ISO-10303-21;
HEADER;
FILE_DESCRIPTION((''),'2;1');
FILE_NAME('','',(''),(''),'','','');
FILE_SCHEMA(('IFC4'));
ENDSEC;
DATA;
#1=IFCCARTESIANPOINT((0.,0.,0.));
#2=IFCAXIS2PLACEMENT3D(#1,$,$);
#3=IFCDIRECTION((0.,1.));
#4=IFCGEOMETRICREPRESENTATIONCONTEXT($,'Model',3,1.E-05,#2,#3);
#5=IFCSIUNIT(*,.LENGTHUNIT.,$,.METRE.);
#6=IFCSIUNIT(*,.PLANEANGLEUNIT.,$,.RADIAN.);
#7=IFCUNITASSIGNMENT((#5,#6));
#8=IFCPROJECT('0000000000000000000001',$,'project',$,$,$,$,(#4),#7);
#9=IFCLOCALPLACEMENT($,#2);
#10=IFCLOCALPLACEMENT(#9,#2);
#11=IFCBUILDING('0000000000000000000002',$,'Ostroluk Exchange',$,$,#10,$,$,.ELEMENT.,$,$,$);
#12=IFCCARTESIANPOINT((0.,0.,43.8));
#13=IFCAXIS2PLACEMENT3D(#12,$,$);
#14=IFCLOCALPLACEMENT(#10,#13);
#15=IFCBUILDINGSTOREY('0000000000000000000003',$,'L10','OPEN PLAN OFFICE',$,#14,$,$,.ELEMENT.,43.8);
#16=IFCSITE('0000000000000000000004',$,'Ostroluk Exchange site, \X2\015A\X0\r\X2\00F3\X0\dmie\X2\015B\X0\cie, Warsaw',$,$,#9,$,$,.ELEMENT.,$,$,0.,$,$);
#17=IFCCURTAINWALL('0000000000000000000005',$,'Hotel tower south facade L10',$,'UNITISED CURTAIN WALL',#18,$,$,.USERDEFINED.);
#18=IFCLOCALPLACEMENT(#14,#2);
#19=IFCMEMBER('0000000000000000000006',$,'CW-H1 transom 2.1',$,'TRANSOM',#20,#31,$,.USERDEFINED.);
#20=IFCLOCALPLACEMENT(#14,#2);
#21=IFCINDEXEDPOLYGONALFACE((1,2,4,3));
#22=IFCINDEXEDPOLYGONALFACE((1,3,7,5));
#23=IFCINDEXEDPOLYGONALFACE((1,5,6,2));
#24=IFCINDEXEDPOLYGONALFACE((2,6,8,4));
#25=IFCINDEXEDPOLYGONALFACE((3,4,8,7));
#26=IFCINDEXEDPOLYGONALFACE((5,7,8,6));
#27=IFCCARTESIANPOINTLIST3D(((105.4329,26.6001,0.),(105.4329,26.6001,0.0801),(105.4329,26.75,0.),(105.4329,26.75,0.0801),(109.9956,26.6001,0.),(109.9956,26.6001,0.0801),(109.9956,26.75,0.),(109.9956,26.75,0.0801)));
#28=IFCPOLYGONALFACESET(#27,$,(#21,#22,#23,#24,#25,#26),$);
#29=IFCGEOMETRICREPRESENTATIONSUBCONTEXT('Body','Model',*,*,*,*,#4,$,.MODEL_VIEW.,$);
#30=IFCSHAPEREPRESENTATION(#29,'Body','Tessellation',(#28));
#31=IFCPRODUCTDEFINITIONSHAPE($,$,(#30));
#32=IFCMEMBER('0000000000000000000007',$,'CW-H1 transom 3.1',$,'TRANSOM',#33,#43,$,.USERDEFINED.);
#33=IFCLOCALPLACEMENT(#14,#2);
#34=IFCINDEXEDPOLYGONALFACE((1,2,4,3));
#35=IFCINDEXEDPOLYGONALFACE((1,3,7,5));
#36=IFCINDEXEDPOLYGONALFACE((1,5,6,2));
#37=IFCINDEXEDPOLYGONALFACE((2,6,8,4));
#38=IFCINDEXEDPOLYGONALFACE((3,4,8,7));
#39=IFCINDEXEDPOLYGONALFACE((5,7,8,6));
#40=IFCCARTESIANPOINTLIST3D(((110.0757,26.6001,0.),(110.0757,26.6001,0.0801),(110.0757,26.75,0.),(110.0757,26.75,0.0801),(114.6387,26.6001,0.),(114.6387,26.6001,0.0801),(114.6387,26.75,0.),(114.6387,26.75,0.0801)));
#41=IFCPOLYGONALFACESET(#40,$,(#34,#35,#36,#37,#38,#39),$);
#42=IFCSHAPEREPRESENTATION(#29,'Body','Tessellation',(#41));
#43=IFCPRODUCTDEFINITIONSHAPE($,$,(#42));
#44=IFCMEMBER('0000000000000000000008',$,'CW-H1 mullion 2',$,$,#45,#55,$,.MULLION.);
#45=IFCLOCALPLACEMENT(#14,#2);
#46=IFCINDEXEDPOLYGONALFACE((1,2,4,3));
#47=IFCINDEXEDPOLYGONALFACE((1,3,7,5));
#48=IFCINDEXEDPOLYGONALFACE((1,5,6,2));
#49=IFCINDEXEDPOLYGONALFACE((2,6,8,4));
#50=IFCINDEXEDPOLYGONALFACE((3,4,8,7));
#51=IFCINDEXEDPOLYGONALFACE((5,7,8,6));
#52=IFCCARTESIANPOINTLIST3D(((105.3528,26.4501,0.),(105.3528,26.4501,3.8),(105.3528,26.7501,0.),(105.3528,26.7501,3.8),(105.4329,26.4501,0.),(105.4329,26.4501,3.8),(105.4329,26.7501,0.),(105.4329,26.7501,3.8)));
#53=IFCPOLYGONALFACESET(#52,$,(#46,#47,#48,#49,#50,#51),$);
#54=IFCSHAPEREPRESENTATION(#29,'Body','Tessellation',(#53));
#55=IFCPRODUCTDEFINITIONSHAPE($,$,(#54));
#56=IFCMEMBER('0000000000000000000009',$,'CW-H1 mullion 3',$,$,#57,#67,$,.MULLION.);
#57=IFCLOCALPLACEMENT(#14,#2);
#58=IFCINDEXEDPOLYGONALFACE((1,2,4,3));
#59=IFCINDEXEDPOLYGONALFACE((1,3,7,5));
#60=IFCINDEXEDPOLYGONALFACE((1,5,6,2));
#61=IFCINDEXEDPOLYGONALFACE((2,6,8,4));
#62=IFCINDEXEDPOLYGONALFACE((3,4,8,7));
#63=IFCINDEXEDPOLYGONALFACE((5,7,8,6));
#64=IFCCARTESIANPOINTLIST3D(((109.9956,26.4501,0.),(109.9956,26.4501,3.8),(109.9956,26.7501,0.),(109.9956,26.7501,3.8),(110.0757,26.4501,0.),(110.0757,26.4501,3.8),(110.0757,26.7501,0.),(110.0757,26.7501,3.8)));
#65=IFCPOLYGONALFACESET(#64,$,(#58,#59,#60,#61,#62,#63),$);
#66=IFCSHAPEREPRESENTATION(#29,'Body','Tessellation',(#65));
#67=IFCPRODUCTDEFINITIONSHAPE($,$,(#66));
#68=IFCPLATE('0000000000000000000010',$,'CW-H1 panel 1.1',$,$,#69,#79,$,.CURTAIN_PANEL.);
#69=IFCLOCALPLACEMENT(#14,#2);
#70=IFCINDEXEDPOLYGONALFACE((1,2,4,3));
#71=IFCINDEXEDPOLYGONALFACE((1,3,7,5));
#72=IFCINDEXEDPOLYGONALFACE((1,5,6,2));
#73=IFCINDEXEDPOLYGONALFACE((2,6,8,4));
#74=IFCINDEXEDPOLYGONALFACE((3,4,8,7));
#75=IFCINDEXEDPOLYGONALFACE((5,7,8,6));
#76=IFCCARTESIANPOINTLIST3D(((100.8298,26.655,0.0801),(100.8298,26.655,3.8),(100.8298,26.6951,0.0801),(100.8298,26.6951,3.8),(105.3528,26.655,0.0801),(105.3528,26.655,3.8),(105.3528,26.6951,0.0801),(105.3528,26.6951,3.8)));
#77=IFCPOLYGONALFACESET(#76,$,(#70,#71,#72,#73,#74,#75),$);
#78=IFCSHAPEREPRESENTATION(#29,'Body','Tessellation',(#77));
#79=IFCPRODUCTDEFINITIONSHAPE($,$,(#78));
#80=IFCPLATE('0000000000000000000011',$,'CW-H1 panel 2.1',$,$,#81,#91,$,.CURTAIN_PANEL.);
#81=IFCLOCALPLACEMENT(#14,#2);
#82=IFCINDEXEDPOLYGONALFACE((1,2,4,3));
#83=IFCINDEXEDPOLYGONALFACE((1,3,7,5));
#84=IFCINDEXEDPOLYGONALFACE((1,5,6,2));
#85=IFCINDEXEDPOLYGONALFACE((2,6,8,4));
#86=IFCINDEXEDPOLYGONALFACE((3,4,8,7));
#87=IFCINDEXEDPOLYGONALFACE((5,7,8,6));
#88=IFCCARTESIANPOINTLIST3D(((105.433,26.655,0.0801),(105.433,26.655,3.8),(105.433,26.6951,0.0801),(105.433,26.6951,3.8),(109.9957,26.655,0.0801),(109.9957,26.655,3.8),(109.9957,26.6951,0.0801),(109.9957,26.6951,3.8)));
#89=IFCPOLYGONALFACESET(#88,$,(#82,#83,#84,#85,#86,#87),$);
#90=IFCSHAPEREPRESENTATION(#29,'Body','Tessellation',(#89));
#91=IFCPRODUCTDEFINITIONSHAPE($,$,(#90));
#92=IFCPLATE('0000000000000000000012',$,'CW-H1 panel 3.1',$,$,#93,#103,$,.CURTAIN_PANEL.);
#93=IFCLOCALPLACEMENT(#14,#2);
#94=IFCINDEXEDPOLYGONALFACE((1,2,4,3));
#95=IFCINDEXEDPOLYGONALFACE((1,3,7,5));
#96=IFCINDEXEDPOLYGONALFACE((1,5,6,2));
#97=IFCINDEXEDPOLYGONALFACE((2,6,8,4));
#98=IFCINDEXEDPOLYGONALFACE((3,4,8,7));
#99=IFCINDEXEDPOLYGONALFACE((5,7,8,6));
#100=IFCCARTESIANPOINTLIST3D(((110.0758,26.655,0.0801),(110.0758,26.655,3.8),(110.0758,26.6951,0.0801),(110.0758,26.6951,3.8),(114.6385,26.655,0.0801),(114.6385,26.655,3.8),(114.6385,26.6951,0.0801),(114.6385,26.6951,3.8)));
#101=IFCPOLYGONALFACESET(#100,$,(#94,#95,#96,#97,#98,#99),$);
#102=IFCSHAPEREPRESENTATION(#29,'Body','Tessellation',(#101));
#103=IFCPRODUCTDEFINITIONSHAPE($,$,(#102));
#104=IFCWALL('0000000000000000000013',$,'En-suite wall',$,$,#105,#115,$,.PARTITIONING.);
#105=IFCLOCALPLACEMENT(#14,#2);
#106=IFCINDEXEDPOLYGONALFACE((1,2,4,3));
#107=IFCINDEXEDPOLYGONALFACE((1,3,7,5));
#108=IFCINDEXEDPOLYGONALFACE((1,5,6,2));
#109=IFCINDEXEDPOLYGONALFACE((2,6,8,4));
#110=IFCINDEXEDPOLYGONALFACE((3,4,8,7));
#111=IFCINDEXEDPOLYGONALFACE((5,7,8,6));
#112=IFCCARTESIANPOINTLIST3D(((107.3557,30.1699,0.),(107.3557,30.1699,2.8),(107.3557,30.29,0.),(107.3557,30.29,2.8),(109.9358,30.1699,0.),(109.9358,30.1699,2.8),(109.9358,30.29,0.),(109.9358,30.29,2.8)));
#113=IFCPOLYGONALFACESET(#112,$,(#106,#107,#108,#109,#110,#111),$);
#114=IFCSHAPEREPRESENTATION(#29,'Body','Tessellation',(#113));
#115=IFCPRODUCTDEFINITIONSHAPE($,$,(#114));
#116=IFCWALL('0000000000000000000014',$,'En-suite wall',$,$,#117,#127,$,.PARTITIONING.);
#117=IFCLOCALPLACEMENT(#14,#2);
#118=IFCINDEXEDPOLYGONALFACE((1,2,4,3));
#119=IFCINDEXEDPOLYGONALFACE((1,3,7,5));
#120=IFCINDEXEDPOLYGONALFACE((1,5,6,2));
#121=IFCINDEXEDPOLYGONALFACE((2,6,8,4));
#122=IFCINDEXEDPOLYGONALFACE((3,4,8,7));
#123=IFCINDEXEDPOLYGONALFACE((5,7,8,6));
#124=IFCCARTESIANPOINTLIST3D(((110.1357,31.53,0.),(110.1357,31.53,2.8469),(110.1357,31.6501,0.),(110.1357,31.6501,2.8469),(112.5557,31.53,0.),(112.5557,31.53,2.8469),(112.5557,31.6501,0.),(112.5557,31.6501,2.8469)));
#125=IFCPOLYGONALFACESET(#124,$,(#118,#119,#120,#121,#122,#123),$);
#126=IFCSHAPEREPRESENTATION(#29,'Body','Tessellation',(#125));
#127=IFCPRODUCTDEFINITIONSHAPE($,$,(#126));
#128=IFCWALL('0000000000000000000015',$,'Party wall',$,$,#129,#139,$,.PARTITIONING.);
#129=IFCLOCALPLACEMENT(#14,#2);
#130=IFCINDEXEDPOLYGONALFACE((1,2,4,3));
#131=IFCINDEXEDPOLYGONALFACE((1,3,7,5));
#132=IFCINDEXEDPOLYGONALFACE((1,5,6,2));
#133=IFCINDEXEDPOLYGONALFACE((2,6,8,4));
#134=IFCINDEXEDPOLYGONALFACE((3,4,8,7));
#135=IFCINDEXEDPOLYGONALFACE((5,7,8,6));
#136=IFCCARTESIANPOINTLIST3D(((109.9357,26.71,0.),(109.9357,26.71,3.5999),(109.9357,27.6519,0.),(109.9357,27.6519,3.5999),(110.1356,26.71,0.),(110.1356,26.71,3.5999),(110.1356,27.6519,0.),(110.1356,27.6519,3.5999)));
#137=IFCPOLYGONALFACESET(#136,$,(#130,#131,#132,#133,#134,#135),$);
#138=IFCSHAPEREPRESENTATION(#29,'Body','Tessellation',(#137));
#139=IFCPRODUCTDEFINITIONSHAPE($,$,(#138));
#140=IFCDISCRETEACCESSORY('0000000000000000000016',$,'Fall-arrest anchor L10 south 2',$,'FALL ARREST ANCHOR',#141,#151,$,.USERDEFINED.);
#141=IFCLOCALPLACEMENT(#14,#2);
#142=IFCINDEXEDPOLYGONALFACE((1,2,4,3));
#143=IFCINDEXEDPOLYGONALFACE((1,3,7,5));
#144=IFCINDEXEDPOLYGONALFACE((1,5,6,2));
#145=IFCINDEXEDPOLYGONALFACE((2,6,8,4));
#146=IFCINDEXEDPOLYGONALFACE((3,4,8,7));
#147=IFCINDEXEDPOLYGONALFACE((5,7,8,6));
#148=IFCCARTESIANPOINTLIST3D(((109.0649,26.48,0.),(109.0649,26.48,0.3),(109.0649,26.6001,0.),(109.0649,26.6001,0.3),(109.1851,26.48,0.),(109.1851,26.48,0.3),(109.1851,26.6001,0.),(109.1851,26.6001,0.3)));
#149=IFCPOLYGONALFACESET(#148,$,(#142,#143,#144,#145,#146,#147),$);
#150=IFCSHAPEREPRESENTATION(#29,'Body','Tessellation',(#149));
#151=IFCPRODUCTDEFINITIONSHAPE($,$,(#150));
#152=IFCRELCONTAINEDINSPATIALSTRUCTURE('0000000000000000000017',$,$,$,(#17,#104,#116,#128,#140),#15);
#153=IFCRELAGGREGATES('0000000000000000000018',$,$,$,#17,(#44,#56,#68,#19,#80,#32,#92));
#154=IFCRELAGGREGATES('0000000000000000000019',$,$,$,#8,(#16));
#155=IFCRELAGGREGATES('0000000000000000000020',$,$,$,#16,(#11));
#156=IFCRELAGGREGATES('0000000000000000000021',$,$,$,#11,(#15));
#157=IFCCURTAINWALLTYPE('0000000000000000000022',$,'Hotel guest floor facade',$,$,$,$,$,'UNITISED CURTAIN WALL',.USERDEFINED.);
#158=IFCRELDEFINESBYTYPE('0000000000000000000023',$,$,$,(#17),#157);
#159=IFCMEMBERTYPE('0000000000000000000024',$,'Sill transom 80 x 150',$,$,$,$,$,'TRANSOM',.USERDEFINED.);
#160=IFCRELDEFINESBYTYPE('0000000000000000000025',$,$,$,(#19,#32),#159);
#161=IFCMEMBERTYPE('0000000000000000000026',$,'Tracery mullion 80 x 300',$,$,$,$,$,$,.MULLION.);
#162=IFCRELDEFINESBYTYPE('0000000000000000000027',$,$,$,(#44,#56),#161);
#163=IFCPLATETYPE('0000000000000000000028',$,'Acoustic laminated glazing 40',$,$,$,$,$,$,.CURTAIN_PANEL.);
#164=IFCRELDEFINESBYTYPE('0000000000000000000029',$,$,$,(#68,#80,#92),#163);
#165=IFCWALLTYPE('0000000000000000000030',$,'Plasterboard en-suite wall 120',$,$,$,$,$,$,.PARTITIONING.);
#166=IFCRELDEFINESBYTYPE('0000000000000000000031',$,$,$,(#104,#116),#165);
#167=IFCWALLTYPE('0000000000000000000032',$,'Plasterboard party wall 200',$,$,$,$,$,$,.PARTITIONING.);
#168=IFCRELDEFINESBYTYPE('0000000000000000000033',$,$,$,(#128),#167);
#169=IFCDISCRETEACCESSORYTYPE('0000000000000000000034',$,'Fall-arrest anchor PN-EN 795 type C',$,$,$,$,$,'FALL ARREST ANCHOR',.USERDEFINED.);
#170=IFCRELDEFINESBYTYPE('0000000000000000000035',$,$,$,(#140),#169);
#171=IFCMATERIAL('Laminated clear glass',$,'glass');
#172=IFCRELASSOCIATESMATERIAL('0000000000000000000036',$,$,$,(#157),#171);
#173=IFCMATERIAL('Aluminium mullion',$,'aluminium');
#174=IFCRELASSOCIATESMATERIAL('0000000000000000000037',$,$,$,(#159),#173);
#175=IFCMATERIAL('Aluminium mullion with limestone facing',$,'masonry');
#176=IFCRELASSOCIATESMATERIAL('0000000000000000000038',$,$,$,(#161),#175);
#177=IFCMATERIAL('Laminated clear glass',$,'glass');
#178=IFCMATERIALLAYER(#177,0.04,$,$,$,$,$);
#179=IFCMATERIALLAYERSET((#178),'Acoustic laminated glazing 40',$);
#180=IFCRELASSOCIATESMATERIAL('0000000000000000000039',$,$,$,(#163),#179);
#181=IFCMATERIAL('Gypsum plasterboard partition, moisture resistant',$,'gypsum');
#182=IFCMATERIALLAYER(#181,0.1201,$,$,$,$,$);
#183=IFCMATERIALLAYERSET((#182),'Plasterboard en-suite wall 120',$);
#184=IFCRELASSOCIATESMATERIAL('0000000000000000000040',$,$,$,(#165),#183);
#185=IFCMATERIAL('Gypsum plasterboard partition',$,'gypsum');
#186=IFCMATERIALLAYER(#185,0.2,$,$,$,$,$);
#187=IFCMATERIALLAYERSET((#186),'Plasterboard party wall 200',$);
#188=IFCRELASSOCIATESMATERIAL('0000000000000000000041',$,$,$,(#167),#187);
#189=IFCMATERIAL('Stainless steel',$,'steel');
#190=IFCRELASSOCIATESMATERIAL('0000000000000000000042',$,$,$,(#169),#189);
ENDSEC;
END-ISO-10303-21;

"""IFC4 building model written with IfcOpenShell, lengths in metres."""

from ifc_helpers import new_model, si_unit, direction, frame, frame_2d, origin, origin_2d, place, context, subcontext, project, spatial, rectangle, extrude, material, layer, layer_set, material_profile, profile_set, type_object, element, aggregate, save


model = new_model("IFC4")

# Units and contexts
model_context = context("Model", 3, precision=1e-05, world=origin(), true_north=direction((0.0, 1.0)))
body_context = subcontext(model_context, "Body", "Model", "MODEL_VIEW")
ifc_project = project(units=[si_unit("LENGTHUNIT", "METRE"), si_unit("PLANEANGLEUNIT", "RADIAN")], contexts=[model_context])

# Site, building, storey
site_placement = place(None, origin())
site = spatial("IfcSite", under=ifc_project, at=site_placement, Name="Ostroluk Exchange site, Śródmieście, Warsaw", CompositionType="ELEMENT", RefElevation=0.0)
building_placement = place(site_placement, origin())
building = spatial("IfcBuilding", under=site, at=building_placement, Name="Ostroluk Exchange", CompositionType="ELEMENT")
storey_placement = place(building_placement, frame((0.0, 0.0, 43.8)))
storey = spatial("IfcBuildingStorey", under=building, at=storey_placement, Name="L10", Description="OPEN PLAN OFFICE", CompositionType="ELEMENT", Elevation=43.8)

# Curtain wall, members, plates
ifc_material_1 = material(Name="Laminated clear glass", Category="glass")
curtain_wall_type = type_object("IfcCurtainWallType", Name="Hotel guest floor facade", ElementType="UNITISED CURTAIN WALL", PredefinedType="USERDEFINED", material=ifc_material_1)
curtain_wall_placement = place(storey_placement, origin())
curtain_wall = element("IfcCurtainWall", 1, at=curtain_wall_placement, inside=storey, type_object=curtain_wall_type, Name="Hotel tower south facade L10", ObjectType="UNITISED CURTAIN WALL", PredefinedType="USERDEFINED")
ifc_material_2 = material(Name="Aluminium mullion", Category="aluminium")
ifc_material_profile_1 = material_profile(ifc_material_2, rectangle(XDim=0.1499, YDim=0.0801, at=origin_2d()), Name="Sill transom 80 x 150")
ifc_profile_set_1 = profile_set([ifc_material_profile_1], Name="Aluminium mullion")
member_type_1 = type_object("IfcMemberType", Name="Sill transom 80 x 150", ElementType="TRANSOM", PredefinedType="USERDEFINED", material=ifc_profile_set_1)
member_1_placement = place(storey_placement, frame((105.4329, 26.675, 0.04), z_axis=(1.0, 0.0, 0.0), x_axis=(0.0, 1.0, 0.0)))
member_1 = element("IfcMember", 2, at=member_1_placement, type_object=member_type_1, Name="CW-H1 transom 2.1", ObjectType="TRANSOM", PredefinedType="USERDEFINED", context=body_context, shape_type="SweptSolid", body=[
    extrude(rectangle(XDim=0.1499, YDim=0.0801, at=origin_2d()), origin(), (0.0, 0.0, 1.0), 4.5627),
])
member_2_placement = place(storey_placement, frame((110.0757, 26.675, 0.04), z_axis=(1.0, 0.0, 0.0), x_axis=(0.0, 1.0, 0.0)))
member_2 = element("IfcMember", 3, at=member_2_placement, type_object=member_type_1, Name="CW-H1 transom 3.1", ObjectType="TRANSOM", PredefinedType="USERDEFINED", context=body_context, shape_type="SweptSolid", body=[
    extrude(rectangle(XDim=0.1499, YDim=0.0801, at=origin_2d()), origin(), (0.0, 0.0, 1.0), 4.563),
])
ifc_material_3 = material(Name="Aluminium mullion with limestone facing", Category="masonry")
ifc_material_profile_2 = material_profile(ifc_material_3, rectangle(XDim=0.3, YDim=0.0801, at=origin_2d()), Name="Tracery mullion 80 x 300")
ifc_profile_set_2 = profile_set([ifc_material_profile_2], Name="Aluminium mullion with limestone facing")
member_type_2 = type_object("IfcMemberType", Name="Tracery mullion 80 x 300", PredefinedType="MULLION", material=ifc_profile_set_2)
member_3_placement = place(storey_placement, frame((105.3928, 26.6001, 0.0), z_axis=(0.0, 0.0, 1.0), x_axis=(0.0, 1.0, 0.0)))
member_3 = element("IfcMember", 4, at=member_3_placement, type_object=member_type_2, Name="CW-H1 mullion 2", PredefinedType="MULLION", context=body_context, shape_type="SweptSolid", body=[
    extrude(rectangle(XDim=0.3, YDim=0.0801, at=origin_2d()), origin(), (0.0, 0.0, 1.0), 3.8),
])
member_4_placement = place(storey_placement, frame((110.0356, 26.6001, 0.0), z_axis=(0.0, 0.0, 1.0), x_axis=(0.0, 1.0, 0.0)))
member_4 = element("IfcMember", 5, at=member_4_placement, type_object=member_type_2, Name="CW-H1 mullion 3", PredefinedType="MULLION", context=body_context, shape_type="SweptSolid", body=[
    extrude(rectangle(XDim=0.3, YDim=0.0801, at=origin_2d()), origin(), (0.0, 0.0, 1.0), 3.8),
])
ifc_material_4 = material(Name="Laminated clear glass", Category="glass")
ifc_layer_1 = layer(ifc_material_4, 0.04)
ifc_layer_set_1 = layer_set([ifc_layer_1], Name="Acoustic laminated glazing 40")
plate_type = type_object("IfcPlateType", Name="Acoustic laminated glazing 40", PredefinedType="CURTAIN_PANEL", material=ifc_layer_set_1)
plate_1_placement = place(storey_placement, frame((103.0913, 26.675, 0.0801), z_axis=(0.0, 0.0, 1.0), x_axis=(1.0, 0.0, 0.0)))
plate_1 = element("IfcPlate", 6, at=plate_1_placement, type_object=plate_type, Name="CW-H1 panel 1.1", PredefinedType="CURTAIN_PANEL", context=body_context, shape_type="SweptSolid", body=[
    extrude(rectangle(XDim=4.5229, YDim=0.04, at=origin_2d()), origin(), (0.0, 0.0, 1.0), 3.72),
])
plate_2_placement = place(storey_placement, frame((107.7144, 26.675, 0.0801), z_axis=(0.0, 0.0, 1.0), x_axis=(1.0, 0.0, 0.0)))
plate_2 = element("IfcPlate", 7, at=plate_2_placement, type_object=plate_type, Name="CW-H1 panel 2.1", PredefinedType="CURTAIN_PANEL", context=body_context, shape_type="SweptSolid", body=[
    extrude(rectangle(XDim=4.5627, YDim=0.04, at=origin_2d()), origin(), (0.0, 0.0, 1.0), 3.72),
])
plate_3_placement = place(storey_placement, frame((112.3572, 26.675, 0.0801), z_axis=(0.0, 0.0, 1.0), x_axis=(1.0, 0.0, 0.0)))
plate_3 = element("IfcPlate", 8, at=plate_3_placement, type_object=plate_type, Name="CW-H1 panel 3.1", PredefinedType="CURTAIN_PANEL", context=body_context, shape_type="SweptSolid", body=[
    extrude(rectangle(XDim=4.5627, YDim=0.04, at=origin_2d()), origin(), (0.0, 0.0, 1.0), 3.72),
])
aggregate(curtain_wall, [member_3, member_4, plate_1, member_1, plate_2, member_2, plate_3])

# Walls
ifc_material_5 = material(Name="Gypsum plasterboard partition, moisture resistant", Category="gypsum")
ifc_layer_2 = layer(ifc_material_5, 0.1201)
ifc_layer_set_2 = layer_set([ifc_layer_2], Name="Plasterboard en-suite wall 120")
wall_type_1 = type_object("IfcWallType", Name="Plasterboard en-suite wall 120", PredefinedType="PARTITIONING", material=ifc_layer_set_2)
wall_1_placement = place(storey_placement, frame((109.9358, 30.23, 0.0), z_axis=(0.0, 0.0, 1.0), x_axis=(-1.0, 0.0, 0.0)))
element("IfcWall", 9, at=wall_1_placement, inside=storey, type_object=wall_type_1, Name="En-suite wall", PredefinedType="PARTITIONING", context=body_context, shape_type="SweptSolid", body=[
    extrude(rectangle(XDim=2.5801, YDim=0.1201, at=frame_2d((1.29, 0.0))), origin(), (0.0, 0.0, 1.0), 2.8),
])
wall_2_placement = place(storey_placement, frame((110.1357, 31.5901, 0.0), z_axis=(0.0, 0.0, 1.0), x_axis=(1.0, 0.0, 0.0)))
element("IfcWall", 10, at=wall_2_placement, inside=storey, type_object=wall_type_1, Name="En-suite wall", PredefinedType="PARTITIONING", context=body_context, shape_type="SweptSolid", body=[
    extrude(rectangle(XDim=2.4199, YDim=0.1201, at=frame_2d((1.21, 0.0))), origin(), (0.0, 0.0, 1.0), 2.8469),
])
ifc_material_6 = material(Name="Gypsum plasterboard partition", Category="gypsum")
ifc_layer_3 = layer(ifc_material_6, 0.2)
ifc_layer_set_3 = layer_set([ifc_layer_3], Name="Plasterboard party wall 200")
wall_type_2 = type_object("IfcWallType", Name="Plasterboard party wall 200", PredefinedType="PARTITIONING", material=ifc_layer_set_3)
wall_3_placement = place(storey_placement, frame((110.0356, 27.6519, 0.0), z_axis=(0.0, 0.0, 1.0), x_axis=(0.0, -1.0, 0.0)))
element("IfcWall", 11, at=wall_3_placement, inside=storey, type_object=wall_type_2, Name="Party wall", PredefinedType="PARTITIONING", context=body_context, shape_type="SweptSolid", body=[
    extrude(rectangle(XDim=0.9419, YDim=0.2, at=frame_2d((0.4709, 0.0))), origin(), (0.0, 0.0, 1.0), 3.5999),
])

# Discrete accessory
ifc_material_7 = material(Name="Stainless steel", Category="steel")
discrete_accessory_type = type_object("IfcDiscreteAccessoryType", Name="Fall-arrest anchor PN-EN 795 type C", ElementType="FALL ARREST ANCHOR", PredefinedType="USERDEFINED", material=ifc_material_7)
discrete_accessory_placement = place(storey_placement, frame((109.125, 26.54, 0.0), z_axis=(0.0, 0.0, 1.0), x_axis=(1.0, 0.0, 0.0)))
element("IfcDiscreteAccessory", 12, at=discrete_accessory_placement, inside=storey, type_object=discrete_accessory_type, Name="Fall-arrest anchor L10 south 2", ObjectType="FALL ARREST ANCHOR", PredefinedType="USERDEFINED", context=body_context, shape_type="SweptSolid", body=[
    extrude(rectangle(XDim=0.1201, YDim=0.1201, at=origin_2d()), origin(), (0.0, 0.0, 1.0), 0.3),
])

save(model, "model.ifc")
